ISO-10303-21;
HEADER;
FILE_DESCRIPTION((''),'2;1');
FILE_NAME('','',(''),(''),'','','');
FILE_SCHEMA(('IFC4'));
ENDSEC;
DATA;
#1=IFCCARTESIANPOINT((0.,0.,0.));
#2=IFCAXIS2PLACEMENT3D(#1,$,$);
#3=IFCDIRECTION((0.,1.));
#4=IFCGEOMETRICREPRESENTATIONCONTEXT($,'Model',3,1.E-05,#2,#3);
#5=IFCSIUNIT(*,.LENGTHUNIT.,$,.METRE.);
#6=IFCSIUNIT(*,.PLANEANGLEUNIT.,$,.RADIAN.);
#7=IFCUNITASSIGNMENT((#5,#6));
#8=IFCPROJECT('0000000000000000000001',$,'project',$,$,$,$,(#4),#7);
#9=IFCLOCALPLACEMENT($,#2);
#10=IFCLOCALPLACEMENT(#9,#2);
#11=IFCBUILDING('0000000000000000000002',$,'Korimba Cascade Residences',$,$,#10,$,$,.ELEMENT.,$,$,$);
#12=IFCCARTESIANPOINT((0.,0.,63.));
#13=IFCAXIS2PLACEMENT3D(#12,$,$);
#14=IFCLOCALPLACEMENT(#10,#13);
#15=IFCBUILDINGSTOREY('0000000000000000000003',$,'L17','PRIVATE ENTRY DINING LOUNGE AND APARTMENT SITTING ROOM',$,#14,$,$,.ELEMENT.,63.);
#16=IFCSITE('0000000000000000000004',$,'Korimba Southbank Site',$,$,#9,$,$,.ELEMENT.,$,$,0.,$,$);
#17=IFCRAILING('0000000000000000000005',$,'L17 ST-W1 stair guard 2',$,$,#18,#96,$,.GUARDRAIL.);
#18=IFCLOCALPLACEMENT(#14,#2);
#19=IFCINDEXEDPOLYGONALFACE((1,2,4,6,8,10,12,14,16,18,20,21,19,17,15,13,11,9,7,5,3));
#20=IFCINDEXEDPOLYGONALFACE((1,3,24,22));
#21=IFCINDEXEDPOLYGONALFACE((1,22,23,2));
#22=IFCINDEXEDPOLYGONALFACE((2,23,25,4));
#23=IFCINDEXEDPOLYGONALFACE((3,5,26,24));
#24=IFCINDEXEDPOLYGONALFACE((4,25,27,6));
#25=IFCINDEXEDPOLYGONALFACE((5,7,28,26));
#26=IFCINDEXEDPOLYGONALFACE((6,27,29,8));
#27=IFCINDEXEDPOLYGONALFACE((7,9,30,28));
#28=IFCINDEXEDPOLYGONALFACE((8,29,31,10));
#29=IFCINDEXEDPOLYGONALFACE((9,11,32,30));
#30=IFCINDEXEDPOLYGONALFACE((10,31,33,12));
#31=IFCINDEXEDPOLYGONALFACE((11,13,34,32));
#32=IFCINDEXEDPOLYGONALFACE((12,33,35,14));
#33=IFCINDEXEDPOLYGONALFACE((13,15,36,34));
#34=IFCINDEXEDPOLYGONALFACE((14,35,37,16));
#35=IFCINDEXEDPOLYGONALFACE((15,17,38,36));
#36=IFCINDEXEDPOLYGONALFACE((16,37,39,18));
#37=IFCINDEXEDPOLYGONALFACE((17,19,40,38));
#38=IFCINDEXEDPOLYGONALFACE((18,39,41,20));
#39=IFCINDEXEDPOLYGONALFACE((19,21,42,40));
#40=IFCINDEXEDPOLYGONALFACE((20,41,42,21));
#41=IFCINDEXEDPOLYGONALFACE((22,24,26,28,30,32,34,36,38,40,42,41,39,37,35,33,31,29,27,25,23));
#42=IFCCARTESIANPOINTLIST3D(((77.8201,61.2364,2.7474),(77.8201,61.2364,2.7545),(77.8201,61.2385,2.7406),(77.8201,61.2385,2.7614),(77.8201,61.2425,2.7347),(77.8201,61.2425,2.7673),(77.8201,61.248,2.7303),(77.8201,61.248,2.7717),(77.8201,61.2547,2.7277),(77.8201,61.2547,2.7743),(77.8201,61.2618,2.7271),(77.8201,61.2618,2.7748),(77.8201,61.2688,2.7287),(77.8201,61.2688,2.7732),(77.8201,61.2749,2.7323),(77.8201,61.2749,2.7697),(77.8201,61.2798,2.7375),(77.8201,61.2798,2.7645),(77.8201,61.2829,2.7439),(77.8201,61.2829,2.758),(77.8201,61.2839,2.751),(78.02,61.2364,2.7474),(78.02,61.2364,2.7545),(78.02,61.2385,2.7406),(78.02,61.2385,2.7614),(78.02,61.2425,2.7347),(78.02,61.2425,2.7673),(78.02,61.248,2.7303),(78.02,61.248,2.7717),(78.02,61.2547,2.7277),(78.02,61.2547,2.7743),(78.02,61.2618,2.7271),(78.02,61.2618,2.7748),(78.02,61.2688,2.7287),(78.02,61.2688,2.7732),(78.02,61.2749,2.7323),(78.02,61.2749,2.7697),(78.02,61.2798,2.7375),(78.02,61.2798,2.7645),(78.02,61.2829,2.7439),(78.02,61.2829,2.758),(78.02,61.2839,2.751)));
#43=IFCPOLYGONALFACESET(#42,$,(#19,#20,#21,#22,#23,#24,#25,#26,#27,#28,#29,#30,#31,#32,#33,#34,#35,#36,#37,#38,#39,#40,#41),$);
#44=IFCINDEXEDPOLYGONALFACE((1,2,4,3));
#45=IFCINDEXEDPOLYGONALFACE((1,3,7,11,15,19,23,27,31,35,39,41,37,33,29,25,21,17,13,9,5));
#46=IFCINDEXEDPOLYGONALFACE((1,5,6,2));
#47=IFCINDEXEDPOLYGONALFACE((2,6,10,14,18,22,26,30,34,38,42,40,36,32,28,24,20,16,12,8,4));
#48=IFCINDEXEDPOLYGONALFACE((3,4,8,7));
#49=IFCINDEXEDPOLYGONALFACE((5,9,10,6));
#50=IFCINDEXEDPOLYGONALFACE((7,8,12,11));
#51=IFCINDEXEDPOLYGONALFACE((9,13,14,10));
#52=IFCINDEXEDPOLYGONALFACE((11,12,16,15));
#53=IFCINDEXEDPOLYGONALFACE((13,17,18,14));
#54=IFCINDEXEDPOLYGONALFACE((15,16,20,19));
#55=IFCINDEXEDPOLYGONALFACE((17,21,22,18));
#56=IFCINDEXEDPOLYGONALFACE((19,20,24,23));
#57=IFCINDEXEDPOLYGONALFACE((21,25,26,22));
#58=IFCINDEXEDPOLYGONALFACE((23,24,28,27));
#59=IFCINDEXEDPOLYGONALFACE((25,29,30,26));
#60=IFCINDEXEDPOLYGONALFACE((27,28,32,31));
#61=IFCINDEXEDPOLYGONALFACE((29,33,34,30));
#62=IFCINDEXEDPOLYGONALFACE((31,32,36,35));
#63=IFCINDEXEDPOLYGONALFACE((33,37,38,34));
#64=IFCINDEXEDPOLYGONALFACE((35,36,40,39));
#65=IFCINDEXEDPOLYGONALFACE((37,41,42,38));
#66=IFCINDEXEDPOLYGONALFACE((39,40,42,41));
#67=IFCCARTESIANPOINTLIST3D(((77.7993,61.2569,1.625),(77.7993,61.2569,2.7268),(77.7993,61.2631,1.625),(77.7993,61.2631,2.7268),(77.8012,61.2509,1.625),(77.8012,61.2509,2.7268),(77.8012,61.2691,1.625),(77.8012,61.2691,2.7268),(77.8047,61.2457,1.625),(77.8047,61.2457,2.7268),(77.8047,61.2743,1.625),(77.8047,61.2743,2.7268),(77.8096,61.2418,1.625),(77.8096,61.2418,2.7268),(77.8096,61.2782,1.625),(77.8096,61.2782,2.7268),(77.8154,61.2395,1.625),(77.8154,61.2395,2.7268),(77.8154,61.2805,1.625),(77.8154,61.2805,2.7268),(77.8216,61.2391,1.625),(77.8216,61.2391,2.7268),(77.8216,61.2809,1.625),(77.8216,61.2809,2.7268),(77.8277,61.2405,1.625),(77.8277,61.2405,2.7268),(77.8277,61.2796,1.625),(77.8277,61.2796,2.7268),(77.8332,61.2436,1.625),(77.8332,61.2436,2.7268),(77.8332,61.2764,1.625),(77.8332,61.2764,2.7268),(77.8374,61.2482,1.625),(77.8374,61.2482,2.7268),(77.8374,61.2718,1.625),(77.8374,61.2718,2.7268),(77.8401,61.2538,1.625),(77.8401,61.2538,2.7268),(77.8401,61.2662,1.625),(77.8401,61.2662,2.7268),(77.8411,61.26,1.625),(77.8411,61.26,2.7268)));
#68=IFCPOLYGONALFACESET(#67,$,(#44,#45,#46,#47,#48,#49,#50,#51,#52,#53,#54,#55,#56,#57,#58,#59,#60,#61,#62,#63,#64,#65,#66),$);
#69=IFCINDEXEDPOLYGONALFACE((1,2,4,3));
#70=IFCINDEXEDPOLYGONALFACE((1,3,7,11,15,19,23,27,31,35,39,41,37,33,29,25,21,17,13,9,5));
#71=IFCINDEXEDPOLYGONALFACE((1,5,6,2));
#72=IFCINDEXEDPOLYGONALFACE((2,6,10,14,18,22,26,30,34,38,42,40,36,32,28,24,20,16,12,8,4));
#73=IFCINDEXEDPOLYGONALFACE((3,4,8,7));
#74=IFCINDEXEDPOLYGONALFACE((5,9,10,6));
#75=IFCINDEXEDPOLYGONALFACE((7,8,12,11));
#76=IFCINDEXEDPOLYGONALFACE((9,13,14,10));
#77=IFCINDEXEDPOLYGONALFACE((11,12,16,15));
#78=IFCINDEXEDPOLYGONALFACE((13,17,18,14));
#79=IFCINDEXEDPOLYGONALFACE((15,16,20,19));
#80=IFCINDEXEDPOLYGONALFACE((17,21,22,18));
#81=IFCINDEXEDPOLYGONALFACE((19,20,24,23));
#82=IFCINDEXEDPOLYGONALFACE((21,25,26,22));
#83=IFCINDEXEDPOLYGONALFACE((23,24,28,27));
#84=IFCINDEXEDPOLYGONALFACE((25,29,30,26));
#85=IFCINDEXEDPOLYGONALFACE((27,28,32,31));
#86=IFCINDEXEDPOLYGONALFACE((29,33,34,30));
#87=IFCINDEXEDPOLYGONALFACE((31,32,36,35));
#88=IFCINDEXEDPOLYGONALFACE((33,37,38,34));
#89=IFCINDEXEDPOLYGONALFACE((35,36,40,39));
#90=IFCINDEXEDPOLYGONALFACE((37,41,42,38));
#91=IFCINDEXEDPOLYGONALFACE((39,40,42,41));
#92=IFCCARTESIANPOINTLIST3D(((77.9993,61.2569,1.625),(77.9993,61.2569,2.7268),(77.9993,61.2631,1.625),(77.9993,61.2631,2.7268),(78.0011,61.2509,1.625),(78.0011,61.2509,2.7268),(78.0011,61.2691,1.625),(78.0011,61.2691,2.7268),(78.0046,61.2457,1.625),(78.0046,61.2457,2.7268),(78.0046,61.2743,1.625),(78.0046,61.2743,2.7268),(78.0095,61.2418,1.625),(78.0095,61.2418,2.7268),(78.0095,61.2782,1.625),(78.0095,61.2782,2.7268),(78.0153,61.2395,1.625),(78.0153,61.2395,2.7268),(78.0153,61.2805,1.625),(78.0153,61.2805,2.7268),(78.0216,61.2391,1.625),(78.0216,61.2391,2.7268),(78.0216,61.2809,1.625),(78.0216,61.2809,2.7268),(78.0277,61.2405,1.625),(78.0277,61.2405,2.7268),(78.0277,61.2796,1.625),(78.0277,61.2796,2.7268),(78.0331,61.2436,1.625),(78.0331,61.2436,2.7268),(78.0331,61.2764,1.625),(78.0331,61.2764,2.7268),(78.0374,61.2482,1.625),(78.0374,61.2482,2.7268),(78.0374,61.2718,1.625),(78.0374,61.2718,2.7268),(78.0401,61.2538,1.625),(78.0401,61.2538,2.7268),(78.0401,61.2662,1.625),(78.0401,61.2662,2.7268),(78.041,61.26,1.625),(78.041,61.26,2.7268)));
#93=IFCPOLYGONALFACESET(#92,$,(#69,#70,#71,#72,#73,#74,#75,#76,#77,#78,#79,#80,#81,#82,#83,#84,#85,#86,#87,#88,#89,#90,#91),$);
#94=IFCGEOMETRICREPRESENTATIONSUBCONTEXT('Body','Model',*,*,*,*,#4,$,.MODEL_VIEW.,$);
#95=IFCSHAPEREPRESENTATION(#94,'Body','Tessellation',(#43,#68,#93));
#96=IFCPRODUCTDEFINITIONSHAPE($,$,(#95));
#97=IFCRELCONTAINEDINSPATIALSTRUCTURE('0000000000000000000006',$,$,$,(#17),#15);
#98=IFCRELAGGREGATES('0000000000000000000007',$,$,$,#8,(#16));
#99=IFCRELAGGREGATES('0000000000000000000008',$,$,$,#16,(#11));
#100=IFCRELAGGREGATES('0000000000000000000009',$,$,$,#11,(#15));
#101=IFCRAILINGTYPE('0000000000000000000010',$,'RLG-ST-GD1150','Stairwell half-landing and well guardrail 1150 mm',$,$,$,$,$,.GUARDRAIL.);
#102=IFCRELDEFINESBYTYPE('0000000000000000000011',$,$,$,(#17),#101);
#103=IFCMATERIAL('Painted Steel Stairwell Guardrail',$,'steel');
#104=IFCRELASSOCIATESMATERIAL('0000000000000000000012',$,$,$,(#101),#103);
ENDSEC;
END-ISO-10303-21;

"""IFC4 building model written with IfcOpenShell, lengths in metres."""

from ifc_helpers import new_model, si_unit, direction, frame, origin, origin_2d, place, context, subcontext, project, spatial, circle, extrude, material, type_object, element, save


model = new_model("IFC4")

# Units and contexts
model_context = context("Model", 3, precision=1e-05, world=origin(), true_north=direction((0.0, 1.0)))
body_context = subcontext(model_context, "Body", "Model", "MODEL_VIEW")
ifc_project = project(units=[si_unit("LENGTHUNIT", "METRE"), si_unit("PLANEANGLEUNIT", "RADIAN")], contexts=[model_context])

# Site, building, storey
site_placement = place(None, origin())
site = spatial("IfcSite", under=ifc_project, at=site_placement, Name="Korimba Southbank Site", CompositionType="ELEMENT", RefElevation=0.0)
building_placement = place(site_placement, origin())
building = spatial("IfcBuilding", under=site, at=building_placement, Name="Korimba Cascade Residences", CompositionType="ELEMENT")
storey_placement = place(building_placement, frame((0.0, 0.0, 63.0)))
storey = spatial("IfcBuildingStorey", under=building, at=storey_placement, Name="L17", Description="PRIVATE ENTRY DINING LOUNGE AND APARTMENT SITTING ROOM", CompositionType="ELEMENT", Elevation=63.0)

# Railing
ifc_material_1 = material(Name="Painted Steel Stairwell Guardrail", Category="steel")
railing_type_1 = type_object("IfcRailingType", Name="RLG-ST-GD1150", Description="Stairwell half-landing and well guardrail 1150 mm", PredefinedType="GUARDRAIL", material=ifc_material_1)
railing_1_placement = place(storey_placement, frame((77.8201, 61.26, 1.625)))
element("IfcRailing", 1, at=railing_1_placement, inside=storey, type_object=railing_type_1, Name="L17 ST-W1 stair guard 2", PredefinedType="GUARDRAIL", context=body_context, shape_type="SweptSolid", body=[
    extrude(circle(Radius=0.0239, at=origin_2d()), frame((0.0, 0.0, 1.126), z_axis=(1.0, 0.0, 0.0), x_axis=(0.0, 1.0, 0.0)), (0.0, 0.0, 1.0), 0.2),
    extrude(circle(Radius=0.021, at=origin_2d()), origin(), (0.0, 0.0, 1.0), 1.1018),
    extrude(circle(Radius=0.021, at=origin_2d()), frame((0.2, 0.0, 0.0)), (0.0, 0.0, 1.0), 1.1018),
])

save(model, "model.ifc")
